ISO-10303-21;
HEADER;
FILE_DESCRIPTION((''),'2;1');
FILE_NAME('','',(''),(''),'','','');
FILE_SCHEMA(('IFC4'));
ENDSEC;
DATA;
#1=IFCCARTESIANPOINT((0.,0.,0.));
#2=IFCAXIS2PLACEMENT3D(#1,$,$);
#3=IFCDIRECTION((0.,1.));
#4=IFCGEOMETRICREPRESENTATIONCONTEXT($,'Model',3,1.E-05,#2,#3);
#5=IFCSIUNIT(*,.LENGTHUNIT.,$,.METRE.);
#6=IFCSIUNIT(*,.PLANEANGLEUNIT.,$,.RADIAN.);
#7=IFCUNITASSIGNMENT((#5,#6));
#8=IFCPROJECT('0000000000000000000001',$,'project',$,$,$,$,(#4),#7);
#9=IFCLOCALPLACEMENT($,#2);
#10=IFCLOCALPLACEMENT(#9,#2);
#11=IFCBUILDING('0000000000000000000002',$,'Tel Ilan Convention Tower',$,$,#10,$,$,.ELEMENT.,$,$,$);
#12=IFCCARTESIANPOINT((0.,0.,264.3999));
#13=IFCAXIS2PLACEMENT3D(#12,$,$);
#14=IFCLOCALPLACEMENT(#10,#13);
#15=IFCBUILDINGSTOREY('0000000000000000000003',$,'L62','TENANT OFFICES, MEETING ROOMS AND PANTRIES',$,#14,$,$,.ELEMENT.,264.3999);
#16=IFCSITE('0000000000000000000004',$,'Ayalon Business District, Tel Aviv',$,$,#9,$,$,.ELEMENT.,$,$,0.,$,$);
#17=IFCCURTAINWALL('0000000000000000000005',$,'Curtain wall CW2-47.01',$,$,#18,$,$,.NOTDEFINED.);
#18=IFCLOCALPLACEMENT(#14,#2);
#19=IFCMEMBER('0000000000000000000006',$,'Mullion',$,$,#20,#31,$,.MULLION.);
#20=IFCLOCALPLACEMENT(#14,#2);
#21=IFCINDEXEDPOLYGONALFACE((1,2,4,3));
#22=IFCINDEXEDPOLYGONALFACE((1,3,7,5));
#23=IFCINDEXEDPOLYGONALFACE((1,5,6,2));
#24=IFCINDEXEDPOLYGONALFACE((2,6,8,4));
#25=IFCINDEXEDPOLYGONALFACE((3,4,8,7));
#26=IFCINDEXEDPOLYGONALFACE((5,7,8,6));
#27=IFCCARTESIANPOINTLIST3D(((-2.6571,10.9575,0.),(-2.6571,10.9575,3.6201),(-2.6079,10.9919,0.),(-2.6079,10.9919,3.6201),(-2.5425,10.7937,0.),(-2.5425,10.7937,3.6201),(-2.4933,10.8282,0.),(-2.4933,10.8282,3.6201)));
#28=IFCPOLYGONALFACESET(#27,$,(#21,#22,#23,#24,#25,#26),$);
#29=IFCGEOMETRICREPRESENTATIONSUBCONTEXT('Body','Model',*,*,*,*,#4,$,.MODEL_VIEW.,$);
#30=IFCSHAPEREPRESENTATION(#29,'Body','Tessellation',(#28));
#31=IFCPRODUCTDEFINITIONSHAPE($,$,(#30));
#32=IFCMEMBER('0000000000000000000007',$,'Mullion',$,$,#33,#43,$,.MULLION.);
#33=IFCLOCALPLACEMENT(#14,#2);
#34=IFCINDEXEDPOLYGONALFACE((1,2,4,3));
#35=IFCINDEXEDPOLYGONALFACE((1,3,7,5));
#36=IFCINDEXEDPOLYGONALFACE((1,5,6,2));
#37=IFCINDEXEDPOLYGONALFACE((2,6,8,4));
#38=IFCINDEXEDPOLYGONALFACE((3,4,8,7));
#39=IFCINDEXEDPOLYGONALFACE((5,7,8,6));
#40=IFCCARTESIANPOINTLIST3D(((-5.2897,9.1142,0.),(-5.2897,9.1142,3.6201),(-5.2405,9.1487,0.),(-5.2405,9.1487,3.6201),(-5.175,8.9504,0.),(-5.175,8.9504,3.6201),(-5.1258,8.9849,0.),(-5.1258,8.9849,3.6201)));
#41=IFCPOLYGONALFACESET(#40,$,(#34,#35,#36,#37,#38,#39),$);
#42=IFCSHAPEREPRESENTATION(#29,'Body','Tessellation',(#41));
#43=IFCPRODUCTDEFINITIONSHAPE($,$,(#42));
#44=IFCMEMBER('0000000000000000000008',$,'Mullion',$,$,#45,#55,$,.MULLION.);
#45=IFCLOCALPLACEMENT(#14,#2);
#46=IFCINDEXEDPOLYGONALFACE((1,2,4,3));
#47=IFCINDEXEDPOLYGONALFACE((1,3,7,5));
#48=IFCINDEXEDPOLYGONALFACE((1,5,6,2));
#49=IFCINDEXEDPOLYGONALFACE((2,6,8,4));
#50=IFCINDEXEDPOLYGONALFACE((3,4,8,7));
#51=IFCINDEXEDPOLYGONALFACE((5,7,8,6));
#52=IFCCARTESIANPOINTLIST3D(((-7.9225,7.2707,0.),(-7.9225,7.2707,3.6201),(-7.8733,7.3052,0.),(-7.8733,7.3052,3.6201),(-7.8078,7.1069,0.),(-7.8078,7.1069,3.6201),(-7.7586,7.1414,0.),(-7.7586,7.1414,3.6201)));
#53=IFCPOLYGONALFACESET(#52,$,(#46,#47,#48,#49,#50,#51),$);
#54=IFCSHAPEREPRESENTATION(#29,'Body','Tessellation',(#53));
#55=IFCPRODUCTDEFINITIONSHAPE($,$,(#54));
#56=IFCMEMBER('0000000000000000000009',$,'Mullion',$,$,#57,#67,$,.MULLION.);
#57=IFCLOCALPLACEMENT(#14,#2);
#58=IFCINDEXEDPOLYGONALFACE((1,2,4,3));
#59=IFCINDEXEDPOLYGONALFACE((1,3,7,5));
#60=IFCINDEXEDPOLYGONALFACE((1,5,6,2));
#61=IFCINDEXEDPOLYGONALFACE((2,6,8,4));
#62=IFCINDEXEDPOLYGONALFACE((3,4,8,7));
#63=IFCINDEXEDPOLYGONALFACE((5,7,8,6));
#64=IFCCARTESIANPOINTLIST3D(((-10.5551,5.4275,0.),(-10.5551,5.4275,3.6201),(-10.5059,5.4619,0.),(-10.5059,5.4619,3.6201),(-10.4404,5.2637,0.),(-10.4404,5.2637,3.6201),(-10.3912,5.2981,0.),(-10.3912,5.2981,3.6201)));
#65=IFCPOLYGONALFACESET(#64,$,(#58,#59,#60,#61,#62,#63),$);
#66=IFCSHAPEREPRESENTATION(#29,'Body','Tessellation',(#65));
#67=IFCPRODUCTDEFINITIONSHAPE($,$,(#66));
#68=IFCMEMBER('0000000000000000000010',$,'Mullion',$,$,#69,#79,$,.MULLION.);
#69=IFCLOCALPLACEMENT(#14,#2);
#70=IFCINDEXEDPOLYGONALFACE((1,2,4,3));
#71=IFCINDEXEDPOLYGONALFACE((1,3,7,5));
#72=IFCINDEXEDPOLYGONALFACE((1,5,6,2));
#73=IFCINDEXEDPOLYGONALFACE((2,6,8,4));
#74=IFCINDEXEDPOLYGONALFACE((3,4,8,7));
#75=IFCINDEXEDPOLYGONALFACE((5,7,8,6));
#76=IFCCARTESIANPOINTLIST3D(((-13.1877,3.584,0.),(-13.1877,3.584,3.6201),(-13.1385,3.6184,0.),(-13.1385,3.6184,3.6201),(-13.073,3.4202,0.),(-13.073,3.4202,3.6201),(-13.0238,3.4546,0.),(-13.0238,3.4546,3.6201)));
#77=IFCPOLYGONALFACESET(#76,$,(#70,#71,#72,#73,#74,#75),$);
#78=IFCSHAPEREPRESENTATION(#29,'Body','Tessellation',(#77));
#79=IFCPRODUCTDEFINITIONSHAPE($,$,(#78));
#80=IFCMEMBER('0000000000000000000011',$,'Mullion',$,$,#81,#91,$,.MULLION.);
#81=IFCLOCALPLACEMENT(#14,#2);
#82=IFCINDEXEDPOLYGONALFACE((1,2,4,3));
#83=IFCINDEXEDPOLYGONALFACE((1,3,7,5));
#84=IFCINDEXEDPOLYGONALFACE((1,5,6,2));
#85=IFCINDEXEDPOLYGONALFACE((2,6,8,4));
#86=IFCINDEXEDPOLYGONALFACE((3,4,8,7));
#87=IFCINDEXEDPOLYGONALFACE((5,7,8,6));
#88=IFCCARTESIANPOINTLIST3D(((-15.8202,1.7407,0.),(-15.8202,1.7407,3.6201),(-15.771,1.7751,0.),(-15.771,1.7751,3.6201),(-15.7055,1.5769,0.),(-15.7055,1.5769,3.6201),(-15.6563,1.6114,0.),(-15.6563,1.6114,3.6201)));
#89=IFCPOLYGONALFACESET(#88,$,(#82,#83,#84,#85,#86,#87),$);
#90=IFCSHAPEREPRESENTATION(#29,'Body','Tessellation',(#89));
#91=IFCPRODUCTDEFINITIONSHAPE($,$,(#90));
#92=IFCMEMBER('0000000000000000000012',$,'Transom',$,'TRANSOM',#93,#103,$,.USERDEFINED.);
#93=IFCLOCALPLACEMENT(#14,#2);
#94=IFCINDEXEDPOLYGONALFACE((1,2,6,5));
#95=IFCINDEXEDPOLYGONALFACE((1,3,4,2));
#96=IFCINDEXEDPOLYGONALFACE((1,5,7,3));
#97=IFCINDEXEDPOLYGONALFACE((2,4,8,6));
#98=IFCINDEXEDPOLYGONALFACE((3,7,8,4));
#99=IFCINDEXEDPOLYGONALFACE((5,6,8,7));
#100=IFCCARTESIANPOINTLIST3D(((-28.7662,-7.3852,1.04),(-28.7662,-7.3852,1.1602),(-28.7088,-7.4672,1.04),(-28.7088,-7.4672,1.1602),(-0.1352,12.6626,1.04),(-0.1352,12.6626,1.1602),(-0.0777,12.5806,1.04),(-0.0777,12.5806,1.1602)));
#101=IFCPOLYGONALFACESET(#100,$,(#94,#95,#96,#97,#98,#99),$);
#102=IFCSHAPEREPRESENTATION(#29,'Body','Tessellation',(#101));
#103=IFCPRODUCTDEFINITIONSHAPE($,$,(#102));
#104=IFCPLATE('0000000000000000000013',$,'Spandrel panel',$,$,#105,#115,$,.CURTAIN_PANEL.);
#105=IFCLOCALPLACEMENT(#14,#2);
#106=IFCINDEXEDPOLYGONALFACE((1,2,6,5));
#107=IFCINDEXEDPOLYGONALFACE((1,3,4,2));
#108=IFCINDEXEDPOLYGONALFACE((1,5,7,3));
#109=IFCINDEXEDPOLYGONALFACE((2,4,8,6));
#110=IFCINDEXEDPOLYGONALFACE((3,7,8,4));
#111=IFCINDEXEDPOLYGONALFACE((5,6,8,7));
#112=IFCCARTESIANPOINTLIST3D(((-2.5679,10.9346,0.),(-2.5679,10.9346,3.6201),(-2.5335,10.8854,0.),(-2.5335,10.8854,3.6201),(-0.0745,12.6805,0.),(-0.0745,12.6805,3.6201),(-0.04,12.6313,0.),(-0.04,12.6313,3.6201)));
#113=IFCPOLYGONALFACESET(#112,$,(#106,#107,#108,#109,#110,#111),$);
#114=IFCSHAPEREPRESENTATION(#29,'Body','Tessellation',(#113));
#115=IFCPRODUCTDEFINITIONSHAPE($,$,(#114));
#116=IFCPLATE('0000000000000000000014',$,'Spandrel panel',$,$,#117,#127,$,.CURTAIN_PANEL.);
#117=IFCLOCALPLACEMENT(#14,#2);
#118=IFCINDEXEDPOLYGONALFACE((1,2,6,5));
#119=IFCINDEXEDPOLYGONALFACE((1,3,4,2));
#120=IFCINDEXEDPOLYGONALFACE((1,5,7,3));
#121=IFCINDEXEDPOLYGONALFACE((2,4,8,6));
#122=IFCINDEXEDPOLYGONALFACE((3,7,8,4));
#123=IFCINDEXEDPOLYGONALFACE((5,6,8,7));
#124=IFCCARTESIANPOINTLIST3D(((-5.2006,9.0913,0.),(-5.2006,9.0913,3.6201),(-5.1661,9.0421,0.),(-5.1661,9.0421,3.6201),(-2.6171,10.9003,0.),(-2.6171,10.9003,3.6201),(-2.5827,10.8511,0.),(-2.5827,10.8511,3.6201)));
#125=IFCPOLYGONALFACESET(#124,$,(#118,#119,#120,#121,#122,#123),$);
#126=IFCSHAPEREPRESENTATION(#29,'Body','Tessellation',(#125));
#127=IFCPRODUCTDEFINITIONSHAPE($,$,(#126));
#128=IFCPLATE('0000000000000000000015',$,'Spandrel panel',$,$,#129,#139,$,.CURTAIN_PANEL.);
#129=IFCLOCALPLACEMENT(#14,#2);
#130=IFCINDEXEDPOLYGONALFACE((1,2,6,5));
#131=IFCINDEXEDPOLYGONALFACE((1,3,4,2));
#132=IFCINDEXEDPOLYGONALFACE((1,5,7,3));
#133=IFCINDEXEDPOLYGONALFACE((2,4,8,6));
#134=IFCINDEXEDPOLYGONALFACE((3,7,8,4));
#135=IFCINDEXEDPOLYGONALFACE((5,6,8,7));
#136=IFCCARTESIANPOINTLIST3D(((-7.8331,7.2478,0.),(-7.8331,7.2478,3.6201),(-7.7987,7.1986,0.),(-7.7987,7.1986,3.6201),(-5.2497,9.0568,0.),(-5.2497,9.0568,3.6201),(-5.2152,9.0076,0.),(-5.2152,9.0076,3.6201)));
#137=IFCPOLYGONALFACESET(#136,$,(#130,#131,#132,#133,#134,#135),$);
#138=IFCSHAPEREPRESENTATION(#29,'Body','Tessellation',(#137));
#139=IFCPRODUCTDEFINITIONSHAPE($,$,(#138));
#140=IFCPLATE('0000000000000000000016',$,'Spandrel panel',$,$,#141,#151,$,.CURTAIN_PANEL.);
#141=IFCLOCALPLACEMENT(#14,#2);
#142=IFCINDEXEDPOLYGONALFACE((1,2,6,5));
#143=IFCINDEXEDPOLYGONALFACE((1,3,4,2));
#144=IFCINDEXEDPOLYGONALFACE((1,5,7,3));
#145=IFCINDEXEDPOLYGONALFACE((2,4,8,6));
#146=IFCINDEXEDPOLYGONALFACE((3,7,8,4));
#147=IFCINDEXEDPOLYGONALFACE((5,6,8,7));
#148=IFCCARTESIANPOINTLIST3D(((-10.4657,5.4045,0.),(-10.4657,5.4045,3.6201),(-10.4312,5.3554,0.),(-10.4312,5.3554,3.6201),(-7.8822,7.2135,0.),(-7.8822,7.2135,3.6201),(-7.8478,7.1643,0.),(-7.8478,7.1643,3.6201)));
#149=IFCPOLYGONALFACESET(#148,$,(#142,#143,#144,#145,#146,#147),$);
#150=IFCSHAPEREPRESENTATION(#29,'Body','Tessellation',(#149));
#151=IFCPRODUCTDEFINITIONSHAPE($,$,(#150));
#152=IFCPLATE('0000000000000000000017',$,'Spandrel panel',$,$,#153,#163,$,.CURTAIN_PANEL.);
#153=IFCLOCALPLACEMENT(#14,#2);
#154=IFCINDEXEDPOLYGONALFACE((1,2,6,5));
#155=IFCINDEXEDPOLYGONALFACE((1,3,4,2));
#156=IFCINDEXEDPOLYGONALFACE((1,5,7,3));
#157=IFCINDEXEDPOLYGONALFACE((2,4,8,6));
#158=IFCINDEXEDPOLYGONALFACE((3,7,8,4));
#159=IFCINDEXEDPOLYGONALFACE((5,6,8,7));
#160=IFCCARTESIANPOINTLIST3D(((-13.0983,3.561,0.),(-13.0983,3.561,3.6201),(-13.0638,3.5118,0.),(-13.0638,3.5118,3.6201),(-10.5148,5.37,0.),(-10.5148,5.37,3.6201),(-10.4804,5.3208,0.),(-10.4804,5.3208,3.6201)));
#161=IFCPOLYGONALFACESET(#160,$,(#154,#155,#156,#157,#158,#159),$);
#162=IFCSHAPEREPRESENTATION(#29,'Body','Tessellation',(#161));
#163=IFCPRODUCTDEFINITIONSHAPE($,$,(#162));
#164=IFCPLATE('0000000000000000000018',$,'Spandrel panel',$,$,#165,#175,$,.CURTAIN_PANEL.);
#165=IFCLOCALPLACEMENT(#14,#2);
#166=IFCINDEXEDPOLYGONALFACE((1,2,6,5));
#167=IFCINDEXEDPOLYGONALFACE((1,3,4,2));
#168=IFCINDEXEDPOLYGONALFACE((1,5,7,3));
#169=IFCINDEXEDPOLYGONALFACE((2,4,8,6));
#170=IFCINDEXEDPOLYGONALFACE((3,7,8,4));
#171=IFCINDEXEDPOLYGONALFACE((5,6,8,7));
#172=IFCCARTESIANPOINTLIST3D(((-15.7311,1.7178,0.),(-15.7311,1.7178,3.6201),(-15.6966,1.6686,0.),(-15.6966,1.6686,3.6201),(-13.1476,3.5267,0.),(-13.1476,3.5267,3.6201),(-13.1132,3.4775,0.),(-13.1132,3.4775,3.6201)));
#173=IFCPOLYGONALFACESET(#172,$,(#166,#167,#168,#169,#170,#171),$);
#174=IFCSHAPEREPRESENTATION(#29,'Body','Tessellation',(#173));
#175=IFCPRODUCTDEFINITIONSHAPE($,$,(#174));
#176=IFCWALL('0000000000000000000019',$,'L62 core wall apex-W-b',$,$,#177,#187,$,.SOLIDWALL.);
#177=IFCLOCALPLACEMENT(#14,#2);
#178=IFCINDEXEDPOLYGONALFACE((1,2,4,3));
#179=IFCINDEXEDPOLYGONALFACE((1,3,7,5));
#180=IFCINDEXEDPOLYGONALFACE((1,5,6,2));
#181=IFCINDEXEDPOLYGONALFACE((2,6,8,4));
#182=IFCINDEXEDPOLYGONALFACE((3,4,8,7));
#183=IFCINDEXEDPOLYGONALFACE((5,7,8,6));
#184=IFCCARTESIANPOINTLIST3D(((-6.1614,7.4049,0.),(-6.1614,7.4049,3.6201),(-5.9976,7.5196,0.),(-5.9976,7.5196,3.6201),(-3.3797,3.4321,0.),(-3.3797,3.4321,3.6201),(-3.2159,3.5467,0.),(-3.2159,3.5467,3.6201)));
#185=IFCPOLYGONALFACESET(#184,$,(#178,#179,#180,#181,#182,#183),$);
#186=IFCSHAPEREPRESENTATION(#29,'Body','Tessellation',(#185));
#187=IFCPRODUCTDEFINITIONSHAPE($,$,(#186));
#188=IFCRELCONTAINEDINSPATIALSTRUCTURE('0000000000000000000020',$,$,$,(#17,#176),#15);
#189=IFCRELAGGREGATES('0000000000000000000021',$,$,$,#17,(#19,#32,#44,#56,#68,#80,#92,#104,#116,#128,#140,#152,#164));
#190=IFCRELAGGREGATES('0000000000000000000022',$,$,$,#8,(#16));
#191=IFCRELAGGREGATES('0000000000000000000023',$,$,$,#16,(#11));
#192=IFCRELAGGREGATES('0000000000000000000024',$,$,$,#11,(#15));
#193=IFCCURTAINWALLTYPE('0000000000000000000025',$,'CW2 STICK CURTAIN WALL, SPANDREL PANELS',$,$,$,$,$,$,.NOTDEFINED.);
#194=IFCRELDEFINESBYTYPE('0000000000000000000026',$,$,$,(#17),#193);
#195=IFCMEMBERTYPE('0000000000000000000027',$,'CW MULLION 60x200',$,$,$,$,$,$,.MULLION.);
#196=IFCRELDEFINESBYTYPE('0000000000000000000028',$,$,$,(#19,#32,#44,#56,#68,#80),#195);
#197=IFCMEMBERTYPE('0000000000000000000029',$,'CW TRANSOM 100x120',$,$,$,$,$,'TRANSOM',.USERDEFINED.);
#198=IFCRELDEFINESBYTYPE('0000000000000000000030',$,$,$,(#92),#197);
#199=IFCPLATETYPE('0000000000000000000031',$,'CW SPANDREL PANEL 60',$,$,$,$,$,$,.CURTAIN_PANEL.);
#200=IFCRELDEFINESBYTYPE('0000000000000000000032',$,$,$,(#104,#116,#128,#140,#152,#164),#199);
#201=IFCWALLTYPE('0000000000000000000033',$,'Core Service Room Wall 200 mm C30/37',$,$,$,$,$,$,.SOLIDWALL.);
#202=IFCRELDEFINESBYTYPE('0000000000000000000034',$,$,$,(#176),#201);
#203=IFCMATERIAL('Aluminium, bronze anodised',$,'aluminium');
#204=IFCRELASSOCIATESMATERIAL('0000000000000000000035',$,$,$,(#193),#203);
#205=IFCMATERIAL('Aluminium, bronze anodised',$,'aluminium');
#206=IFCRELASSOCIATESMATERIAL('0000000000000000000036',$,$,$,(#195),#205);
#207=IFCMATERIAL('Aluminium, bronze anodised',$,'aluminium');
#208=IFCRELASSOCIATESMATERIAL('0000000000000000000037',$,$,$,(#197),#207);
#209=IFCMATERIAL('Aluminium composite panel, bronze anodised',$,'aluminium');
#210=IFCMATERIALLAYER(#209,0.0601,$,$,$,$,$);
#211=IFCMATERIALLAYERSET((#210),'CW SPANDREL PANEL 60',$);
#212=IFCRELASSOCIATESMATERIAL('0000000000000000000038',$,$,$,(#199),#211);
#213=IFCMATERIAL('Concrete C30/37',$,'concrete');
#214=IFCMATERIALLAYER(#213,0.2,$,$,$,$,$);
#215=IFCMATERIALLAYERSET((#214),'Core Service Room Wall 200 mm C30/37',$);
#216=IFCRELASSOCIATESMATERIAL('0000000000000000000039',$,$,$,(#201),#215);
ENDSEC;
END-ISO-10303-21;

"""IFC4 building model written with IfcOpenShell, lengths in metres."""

from ifc_helpers import new_model, si_unit, direction, frame, frame_2d, origin, origin_2d, place, context, subcontext, project, spatial, rectangle, extrude, material, layer, layer_set, material_profile, profile_set, type_object, element, aggregate, save


model = new_model("IFC4")

# Units and contexts
model_context = context("Model", 3, precision=1e-05, world=origin(), true_north=direction((0.0, 1.0)))
body_context = subcontext(model_context, "Body", "Model", "MODEL_VIEW")
ifc_project = project(units=[si_unit("LENGTHUNIT", "METRE"), si_unit("PLANEANGLEUNIT", "RADIAN")], contexts=[model_context])

# Site, building, storey
site_placement = place(None, origin())
site = spatial("IfcSite", under=ifc_project, at=site_placement, Name="Ayalon Business District, Tel Aviv", CompositionType="ELEMENT", RefElevation=0.0)
building_placement = place(site_placement, origin())
building = spatial("IfcBuilding", under=site, at=building_placement, Name="Tel Ilan Convention Tower", CompositionType="ELEMENT")
storey_placement = place(building_placement, frame((0.0, 0.0, 264.3999)))
storey = spatial("IfcBuildingStorey", under=building, at=storey_placement, Name="L62", Description="TENANT OFFICES, MEETING ROOMS AND PANTRIES", CompositionType="ELEMENT", Elevation=264.3999)

# Curtain wall, members, plates
ifc_material_1 = material(Name="Aluminium, bronze anodised", Category="aluminium")
curtain_wall_type = type_object("IfcCurtainWallType", Name="CW2 STICK CURTAIN WALL, SPANDREL PANELS", PredefinedType="NOTDEFINED", material=ifc_material_1)
curtain_wall_placement = place(storey_placement, origin())
curtain_wall = element("IfcCurtainWall", 1, at=curtain_wall_placement, inside=storey, type_object=curtain_wall_type, Name="Curtain wall CW2-47.01", PredefinedType="NOTDEFINED")
ifc_material_2 = material(Name="Aluminium, bronze anodised", Category="aluminium")
ifc_material_profile_1 = material_profile(ifc_material_2, rectangle(XDim=0.0601, YDim=0.2, at=origin_2d()), Name="CW MULLION 60x200")
ifc_profile_set_1 = profile_set([ifc_material_profile_1], Name="Aluminium, bronze anodised")
member_type_1 = type_object("IfcMemberType", Name="CW MULLION 60x200", PredefinedType="MULLION", material=ifc_profile_set_1)
member_1_placement = place(storey_placement, frame((-2.5752, 10.8928, 0.0), z_axis=(0.0, 0.0, 1.0), x_axis=(-0.819152, -0.573576, 0.0)))
member_1 = element("IfcMember", 2, at=member_1_placement, type_object=member_type_1, Name="Mullion", PredefinedType="MULLION", context=body_context, shape_type="SweptSolid", body=[
    extrude(rectangle(XDim=0.0601, YDim=0.2, at=origin_2d()), origin(), (0.0, 0.0, 1.0), 3.6201),
])
member_2_placement = place(storey_placement, frame((-5.2078, 9.0496, 0.0), z_axis=(0.0, 0.0, 1.0), x_axis=(-0.819152, -0.573576, 0.0)))
member_2 = element("IfcMember", 3, at=member_2_placement, type_object=member_type_1, Name="Mullion", PredefinedType="MULLION", context=body_context, shape_type="SweptSolid", body=[
    extrude(rectangle(XDim=0.0601, YDim=0.2, at=origin_2d()), origin(), (0.0, 0.0, 1.0), 3.6201),
])
member_3_placement = place(storey_placement, frame((-7.8406, 7.2061, 0.0), z_axis=(0.0, 0.0, 1.0), x_axis=(-0.819152, -0.573576, 0.0)))
member_3 = element("IfcMember", 4, at=member_3_placement, type_object=member_type_1, Name="Mullion", PredefinedType="MULLION", context=body_context, shape_type="SweptSolid", body=[
    extrude(rectangle(XDim=0.0601, YDim=0.2, at=origin_2d()), origin(), (0.0, 0.0, 1.0), 3.6201),
])
member_4_placement = place(storey_placement, frame((-10.4731, 5.3628, 0.0), z_axis=(0.0, 0.0, 1.0), x_axis=(-0.819152, -0.573576, 0.0)))
member_4 = element("IfcMember", 5, at=member_4_placement, type_object=member_type_1, Name="Mullion", PredefinedType="MULLION", context=body_context, shape_type="SweptSolid", body=[
    extrude(rectangle(XDim=0.0601, YDim=0.2, at=origin_2d()), origin(), (0.0, 0.0, 1.0), 3.6201),
])
member_5_placement = place(storey_placement, frame((-13.1057, 3.5193, 0.0), z_axis=(0.0, 0.0, 1.0), x_axis=(-0.819152, -0.573576, 0.0)))
member_5 = element("IfcMember", 6, at=member_5_placement, type_object=member_type_1, Name="Mullion", PredefinedType="MULLION", context=body_context, shape_type="SweptSolid", body=[
    extrude(rectangle(XDim=0.0601, YDim=0.2, at=origin_2d()), origin(), (0.0, 0.0, 1.0), 3.6201),
])
member_6_placement = place(storey_placement, frame((-15.7383, 1.676, 0.0), z_axis=(0.0, 0.0, 1.0), x_axis=(-0.819152, -0.573576, 0.0)))
member_6 = element("IfcMember", 7, at=member_6_placement, type_object=member_type_1, Name="Mullion", PredefinedType="MULLION", context=body_context, shape_type="SweptSolid", body=[
    extrude(rectangle(XDim=0.0601, YDim=0.2, at=origin_2d()), origin(), (0.0, 0.0, 1.0), 3.6201),
])
ifc_material_3 = material(Name="Aluminium, bronze anodised", Category="aluminium")
ifc_material_profile_2 = material_profile(ifc_material_3, rectangle(XDim=0.1001, YDim=0.1201, at=origin_2d()), Name="CW TRANSOM 100x120")
ifc_profile_set_2 = profile_set([ifc_material_profile_2], Name="Aluminium, bronze anodised")
member_type_2 = type_object("IfcMemberType", Name="CW TRANSOM 100x120", ElementType="TRANSOM", PredefinedType="USERDEFINED", material=ifc_profile_set_2)
member_7_placement = place(storey_placement, frame((-0.1064, 12.6216, 1.1001), z_axis=(-0.81915, -0.573579, 0.0), x_axis=(0.573579, -0.81915, 0.0)))
member_7 = element("IfcMember", 8, at=member_7_placement, type_object=member_type_2, Name="Transom", ObjectType="TRANSOM", PredefinedType="USERDEFINED", context=body_context, shape_type="SweptSolid", body=[
    extrude(rectangle(XDim=0.1001, YDim=0.1201, at=origin_2d()), origin(), (0.0, 0.0, 1.0), 34.9521),
])
ifc_material_4 = material(Name="Aluminium composite panel, bronze anodised", Category="aluminium")
ifc_layer_1 = layer(ifc_material_4, 0.0601)
ifc_layer_set_1 = layer_set([ifc_layer_1], Name="CW SPANDREL PANEL 60")
plate_type = type_object("IfcPlateType", Name="CW SPANDREL PANEL 60", PredefinedType="CURTAIN_PANEL", material=ifc_layer_set_1)
plate_1_placement = place(storey_placement, frame((-1.304, 11.783, 0.0), z_axis=(0.0, 0.0, 1.0), x_axis=(-0.819152, -0.573576, 0.0)))
plate_1 = element("IfcPlate", 9, at=plate_1_placement, type_object=plate_type, Name="Spandrel panel", PredefinedType="CURTAIN_PANEL", context=body_context, shape_type="SweptSolid", body=[
    extrude(rectangle(XDim=3.0439, YDim=0.0601, at=origin_2d()), origin(), (0.0, 0.0, 1.0), 3.6201),
])
plate_2_placement = place(storey_placement, frame((-3.8916, 9.9712, 0.0), z_axis=(0.0, 0.0, 1.0), x_axis=(-0.819152, -0.573576, 0.0)))
plate_2 = element("IfcPlate", 10, at=plate_2_placement, type_object=plate_type, Name="Spandrel panel", PredefinedType="CURTAIN_PANEL", context=body_context, shape_type="SweptSolid", body=[
    extrude(rectangle(XDim=3.1538, YDim=0.0601, at=origin_2d()), origin(), (0.0, 0.0, 1.0), 3.6201),
])
plate_3_placement = place(storey_placement, frame((-6.5242, 8.1277, 0.0), z_axis=(0.0, 0.0, 1.0), x_axis=(-0.819152, -0.573576, 0.0)))
plate_3 = element("IfcPlate", 11, at=plate_3_placement, type_object=plate_type, Name="Spandrel panel", PredefinedType="CURTAIN_PANEL", context=body_context, shape_type="SweptSolid", body=[
    extrude(rectangle(XDim=3.1538, YDim=0.0601, at=origin_2d()), origin(), (0.0, 0.0, 1.0), 3.6201),
])
plate_4_placement = place(storey_placement, frame((-9.1567, 6.2844, 0.0), z_axis=(0.0, 0.0, 1.0), x_axis=(-0.819152, -0.573576, 0.0)))
plate_4 = element("IfcPlate", 12, at=plate_4_placement, type_object=plate_type, Name="Spandrel panel", PredefinedType="CURTAIN_PANEL", context=body_context, shape_type="SweptSolid", body=[
    extrude(rectangle(XDim=3.1538, YDim=0.0601, at=origin_2d()), origin(), (0.0, 0.0, 1.0), 3.6201),
])
plate_5_placement = place(storey_placement, frame((-11.7893, 4.4409, 0.0), z_axis=(0.0, 0.0, 1.0), x_axis=(-0.819152, -0.573576, 0.0)))
plate_5 = element("IfcPlate", 13, at=plate_5_placement, type_object=plate_type, Name="Spandrel panel", PredefinedType="CURTAIN_PANEL", context=body_context, shape_type="SweptSolid", body=[
    extrude(rectangle(XDim=3.1538, YDim=0.0601, at=origin_2d()), origin(), (0.0, 0.0, 1.0), 3.6201),
])
plate_6_placement = place(storey_placement, frame((-14.4221, 2.5977, 0.0), z_axis=(0.0, 0.0, 1.0), x_axis=(-0.819152, -0.573576, 0.0)))
plate_6 = element("IfcPlate", 14, at=plate_6_placement, type_object=plate_type, Name="Spandrel panel", PredefinedType="CURTAIN_PANEL", context=body_context, shape_type="SweptSolid", body=[
    extrude(rectangle(XDim=3.1538, YDim=0.0601, at=origin_2d()), origin(), (0.0, 0.0, 1.0), 3.6201),
])
aggregate(curtain_wall, [member_1, member_2, member_3, member_4, member_5, member_6, member_7, plate_1, plate_2, plate_3, plate_4, plate_5, plate_6])

# Wall
ifc_material_5 = material(Name="Concrete C30/37", Category="concrete")
ifc_layer_2 = layer(ifc_material_5, 0.2)
ifc_layer_set_2 = layer_set([ifc_layer_2], Name="Core Service Room Wall 200 mm C30/37")
wall_type_1 = type_object("IfcWallType", Name="Core Service Room Wall 200 mm C30/37", PredefinedType="SOLIDWALL", material=ifc_layer_set_2)
wall_1_placement = place(storey_placement, frame((-3.2979, 3.4895, 0.0), z_axis=(0.0, 0.0, 1.0), x_axis=(-0.57356, 0.819163, 0.0)))
element("IfcWall", 15, at=wall_1_placement, inside=storey, type_object=wall_type_1, Name="L62 core wall apex-W-b", PredefinedType="SOLIDWALL", context=body_context, shape_type="SweptSolid", body=[
    extrude(rectangle(XDim=4.8499, YDim=0.2, at=frame_2d((2.4248, 0.0))), origin(), (0.0, 0.0, 1.0), 3.6201),
])

save(model, "model.ifc")
